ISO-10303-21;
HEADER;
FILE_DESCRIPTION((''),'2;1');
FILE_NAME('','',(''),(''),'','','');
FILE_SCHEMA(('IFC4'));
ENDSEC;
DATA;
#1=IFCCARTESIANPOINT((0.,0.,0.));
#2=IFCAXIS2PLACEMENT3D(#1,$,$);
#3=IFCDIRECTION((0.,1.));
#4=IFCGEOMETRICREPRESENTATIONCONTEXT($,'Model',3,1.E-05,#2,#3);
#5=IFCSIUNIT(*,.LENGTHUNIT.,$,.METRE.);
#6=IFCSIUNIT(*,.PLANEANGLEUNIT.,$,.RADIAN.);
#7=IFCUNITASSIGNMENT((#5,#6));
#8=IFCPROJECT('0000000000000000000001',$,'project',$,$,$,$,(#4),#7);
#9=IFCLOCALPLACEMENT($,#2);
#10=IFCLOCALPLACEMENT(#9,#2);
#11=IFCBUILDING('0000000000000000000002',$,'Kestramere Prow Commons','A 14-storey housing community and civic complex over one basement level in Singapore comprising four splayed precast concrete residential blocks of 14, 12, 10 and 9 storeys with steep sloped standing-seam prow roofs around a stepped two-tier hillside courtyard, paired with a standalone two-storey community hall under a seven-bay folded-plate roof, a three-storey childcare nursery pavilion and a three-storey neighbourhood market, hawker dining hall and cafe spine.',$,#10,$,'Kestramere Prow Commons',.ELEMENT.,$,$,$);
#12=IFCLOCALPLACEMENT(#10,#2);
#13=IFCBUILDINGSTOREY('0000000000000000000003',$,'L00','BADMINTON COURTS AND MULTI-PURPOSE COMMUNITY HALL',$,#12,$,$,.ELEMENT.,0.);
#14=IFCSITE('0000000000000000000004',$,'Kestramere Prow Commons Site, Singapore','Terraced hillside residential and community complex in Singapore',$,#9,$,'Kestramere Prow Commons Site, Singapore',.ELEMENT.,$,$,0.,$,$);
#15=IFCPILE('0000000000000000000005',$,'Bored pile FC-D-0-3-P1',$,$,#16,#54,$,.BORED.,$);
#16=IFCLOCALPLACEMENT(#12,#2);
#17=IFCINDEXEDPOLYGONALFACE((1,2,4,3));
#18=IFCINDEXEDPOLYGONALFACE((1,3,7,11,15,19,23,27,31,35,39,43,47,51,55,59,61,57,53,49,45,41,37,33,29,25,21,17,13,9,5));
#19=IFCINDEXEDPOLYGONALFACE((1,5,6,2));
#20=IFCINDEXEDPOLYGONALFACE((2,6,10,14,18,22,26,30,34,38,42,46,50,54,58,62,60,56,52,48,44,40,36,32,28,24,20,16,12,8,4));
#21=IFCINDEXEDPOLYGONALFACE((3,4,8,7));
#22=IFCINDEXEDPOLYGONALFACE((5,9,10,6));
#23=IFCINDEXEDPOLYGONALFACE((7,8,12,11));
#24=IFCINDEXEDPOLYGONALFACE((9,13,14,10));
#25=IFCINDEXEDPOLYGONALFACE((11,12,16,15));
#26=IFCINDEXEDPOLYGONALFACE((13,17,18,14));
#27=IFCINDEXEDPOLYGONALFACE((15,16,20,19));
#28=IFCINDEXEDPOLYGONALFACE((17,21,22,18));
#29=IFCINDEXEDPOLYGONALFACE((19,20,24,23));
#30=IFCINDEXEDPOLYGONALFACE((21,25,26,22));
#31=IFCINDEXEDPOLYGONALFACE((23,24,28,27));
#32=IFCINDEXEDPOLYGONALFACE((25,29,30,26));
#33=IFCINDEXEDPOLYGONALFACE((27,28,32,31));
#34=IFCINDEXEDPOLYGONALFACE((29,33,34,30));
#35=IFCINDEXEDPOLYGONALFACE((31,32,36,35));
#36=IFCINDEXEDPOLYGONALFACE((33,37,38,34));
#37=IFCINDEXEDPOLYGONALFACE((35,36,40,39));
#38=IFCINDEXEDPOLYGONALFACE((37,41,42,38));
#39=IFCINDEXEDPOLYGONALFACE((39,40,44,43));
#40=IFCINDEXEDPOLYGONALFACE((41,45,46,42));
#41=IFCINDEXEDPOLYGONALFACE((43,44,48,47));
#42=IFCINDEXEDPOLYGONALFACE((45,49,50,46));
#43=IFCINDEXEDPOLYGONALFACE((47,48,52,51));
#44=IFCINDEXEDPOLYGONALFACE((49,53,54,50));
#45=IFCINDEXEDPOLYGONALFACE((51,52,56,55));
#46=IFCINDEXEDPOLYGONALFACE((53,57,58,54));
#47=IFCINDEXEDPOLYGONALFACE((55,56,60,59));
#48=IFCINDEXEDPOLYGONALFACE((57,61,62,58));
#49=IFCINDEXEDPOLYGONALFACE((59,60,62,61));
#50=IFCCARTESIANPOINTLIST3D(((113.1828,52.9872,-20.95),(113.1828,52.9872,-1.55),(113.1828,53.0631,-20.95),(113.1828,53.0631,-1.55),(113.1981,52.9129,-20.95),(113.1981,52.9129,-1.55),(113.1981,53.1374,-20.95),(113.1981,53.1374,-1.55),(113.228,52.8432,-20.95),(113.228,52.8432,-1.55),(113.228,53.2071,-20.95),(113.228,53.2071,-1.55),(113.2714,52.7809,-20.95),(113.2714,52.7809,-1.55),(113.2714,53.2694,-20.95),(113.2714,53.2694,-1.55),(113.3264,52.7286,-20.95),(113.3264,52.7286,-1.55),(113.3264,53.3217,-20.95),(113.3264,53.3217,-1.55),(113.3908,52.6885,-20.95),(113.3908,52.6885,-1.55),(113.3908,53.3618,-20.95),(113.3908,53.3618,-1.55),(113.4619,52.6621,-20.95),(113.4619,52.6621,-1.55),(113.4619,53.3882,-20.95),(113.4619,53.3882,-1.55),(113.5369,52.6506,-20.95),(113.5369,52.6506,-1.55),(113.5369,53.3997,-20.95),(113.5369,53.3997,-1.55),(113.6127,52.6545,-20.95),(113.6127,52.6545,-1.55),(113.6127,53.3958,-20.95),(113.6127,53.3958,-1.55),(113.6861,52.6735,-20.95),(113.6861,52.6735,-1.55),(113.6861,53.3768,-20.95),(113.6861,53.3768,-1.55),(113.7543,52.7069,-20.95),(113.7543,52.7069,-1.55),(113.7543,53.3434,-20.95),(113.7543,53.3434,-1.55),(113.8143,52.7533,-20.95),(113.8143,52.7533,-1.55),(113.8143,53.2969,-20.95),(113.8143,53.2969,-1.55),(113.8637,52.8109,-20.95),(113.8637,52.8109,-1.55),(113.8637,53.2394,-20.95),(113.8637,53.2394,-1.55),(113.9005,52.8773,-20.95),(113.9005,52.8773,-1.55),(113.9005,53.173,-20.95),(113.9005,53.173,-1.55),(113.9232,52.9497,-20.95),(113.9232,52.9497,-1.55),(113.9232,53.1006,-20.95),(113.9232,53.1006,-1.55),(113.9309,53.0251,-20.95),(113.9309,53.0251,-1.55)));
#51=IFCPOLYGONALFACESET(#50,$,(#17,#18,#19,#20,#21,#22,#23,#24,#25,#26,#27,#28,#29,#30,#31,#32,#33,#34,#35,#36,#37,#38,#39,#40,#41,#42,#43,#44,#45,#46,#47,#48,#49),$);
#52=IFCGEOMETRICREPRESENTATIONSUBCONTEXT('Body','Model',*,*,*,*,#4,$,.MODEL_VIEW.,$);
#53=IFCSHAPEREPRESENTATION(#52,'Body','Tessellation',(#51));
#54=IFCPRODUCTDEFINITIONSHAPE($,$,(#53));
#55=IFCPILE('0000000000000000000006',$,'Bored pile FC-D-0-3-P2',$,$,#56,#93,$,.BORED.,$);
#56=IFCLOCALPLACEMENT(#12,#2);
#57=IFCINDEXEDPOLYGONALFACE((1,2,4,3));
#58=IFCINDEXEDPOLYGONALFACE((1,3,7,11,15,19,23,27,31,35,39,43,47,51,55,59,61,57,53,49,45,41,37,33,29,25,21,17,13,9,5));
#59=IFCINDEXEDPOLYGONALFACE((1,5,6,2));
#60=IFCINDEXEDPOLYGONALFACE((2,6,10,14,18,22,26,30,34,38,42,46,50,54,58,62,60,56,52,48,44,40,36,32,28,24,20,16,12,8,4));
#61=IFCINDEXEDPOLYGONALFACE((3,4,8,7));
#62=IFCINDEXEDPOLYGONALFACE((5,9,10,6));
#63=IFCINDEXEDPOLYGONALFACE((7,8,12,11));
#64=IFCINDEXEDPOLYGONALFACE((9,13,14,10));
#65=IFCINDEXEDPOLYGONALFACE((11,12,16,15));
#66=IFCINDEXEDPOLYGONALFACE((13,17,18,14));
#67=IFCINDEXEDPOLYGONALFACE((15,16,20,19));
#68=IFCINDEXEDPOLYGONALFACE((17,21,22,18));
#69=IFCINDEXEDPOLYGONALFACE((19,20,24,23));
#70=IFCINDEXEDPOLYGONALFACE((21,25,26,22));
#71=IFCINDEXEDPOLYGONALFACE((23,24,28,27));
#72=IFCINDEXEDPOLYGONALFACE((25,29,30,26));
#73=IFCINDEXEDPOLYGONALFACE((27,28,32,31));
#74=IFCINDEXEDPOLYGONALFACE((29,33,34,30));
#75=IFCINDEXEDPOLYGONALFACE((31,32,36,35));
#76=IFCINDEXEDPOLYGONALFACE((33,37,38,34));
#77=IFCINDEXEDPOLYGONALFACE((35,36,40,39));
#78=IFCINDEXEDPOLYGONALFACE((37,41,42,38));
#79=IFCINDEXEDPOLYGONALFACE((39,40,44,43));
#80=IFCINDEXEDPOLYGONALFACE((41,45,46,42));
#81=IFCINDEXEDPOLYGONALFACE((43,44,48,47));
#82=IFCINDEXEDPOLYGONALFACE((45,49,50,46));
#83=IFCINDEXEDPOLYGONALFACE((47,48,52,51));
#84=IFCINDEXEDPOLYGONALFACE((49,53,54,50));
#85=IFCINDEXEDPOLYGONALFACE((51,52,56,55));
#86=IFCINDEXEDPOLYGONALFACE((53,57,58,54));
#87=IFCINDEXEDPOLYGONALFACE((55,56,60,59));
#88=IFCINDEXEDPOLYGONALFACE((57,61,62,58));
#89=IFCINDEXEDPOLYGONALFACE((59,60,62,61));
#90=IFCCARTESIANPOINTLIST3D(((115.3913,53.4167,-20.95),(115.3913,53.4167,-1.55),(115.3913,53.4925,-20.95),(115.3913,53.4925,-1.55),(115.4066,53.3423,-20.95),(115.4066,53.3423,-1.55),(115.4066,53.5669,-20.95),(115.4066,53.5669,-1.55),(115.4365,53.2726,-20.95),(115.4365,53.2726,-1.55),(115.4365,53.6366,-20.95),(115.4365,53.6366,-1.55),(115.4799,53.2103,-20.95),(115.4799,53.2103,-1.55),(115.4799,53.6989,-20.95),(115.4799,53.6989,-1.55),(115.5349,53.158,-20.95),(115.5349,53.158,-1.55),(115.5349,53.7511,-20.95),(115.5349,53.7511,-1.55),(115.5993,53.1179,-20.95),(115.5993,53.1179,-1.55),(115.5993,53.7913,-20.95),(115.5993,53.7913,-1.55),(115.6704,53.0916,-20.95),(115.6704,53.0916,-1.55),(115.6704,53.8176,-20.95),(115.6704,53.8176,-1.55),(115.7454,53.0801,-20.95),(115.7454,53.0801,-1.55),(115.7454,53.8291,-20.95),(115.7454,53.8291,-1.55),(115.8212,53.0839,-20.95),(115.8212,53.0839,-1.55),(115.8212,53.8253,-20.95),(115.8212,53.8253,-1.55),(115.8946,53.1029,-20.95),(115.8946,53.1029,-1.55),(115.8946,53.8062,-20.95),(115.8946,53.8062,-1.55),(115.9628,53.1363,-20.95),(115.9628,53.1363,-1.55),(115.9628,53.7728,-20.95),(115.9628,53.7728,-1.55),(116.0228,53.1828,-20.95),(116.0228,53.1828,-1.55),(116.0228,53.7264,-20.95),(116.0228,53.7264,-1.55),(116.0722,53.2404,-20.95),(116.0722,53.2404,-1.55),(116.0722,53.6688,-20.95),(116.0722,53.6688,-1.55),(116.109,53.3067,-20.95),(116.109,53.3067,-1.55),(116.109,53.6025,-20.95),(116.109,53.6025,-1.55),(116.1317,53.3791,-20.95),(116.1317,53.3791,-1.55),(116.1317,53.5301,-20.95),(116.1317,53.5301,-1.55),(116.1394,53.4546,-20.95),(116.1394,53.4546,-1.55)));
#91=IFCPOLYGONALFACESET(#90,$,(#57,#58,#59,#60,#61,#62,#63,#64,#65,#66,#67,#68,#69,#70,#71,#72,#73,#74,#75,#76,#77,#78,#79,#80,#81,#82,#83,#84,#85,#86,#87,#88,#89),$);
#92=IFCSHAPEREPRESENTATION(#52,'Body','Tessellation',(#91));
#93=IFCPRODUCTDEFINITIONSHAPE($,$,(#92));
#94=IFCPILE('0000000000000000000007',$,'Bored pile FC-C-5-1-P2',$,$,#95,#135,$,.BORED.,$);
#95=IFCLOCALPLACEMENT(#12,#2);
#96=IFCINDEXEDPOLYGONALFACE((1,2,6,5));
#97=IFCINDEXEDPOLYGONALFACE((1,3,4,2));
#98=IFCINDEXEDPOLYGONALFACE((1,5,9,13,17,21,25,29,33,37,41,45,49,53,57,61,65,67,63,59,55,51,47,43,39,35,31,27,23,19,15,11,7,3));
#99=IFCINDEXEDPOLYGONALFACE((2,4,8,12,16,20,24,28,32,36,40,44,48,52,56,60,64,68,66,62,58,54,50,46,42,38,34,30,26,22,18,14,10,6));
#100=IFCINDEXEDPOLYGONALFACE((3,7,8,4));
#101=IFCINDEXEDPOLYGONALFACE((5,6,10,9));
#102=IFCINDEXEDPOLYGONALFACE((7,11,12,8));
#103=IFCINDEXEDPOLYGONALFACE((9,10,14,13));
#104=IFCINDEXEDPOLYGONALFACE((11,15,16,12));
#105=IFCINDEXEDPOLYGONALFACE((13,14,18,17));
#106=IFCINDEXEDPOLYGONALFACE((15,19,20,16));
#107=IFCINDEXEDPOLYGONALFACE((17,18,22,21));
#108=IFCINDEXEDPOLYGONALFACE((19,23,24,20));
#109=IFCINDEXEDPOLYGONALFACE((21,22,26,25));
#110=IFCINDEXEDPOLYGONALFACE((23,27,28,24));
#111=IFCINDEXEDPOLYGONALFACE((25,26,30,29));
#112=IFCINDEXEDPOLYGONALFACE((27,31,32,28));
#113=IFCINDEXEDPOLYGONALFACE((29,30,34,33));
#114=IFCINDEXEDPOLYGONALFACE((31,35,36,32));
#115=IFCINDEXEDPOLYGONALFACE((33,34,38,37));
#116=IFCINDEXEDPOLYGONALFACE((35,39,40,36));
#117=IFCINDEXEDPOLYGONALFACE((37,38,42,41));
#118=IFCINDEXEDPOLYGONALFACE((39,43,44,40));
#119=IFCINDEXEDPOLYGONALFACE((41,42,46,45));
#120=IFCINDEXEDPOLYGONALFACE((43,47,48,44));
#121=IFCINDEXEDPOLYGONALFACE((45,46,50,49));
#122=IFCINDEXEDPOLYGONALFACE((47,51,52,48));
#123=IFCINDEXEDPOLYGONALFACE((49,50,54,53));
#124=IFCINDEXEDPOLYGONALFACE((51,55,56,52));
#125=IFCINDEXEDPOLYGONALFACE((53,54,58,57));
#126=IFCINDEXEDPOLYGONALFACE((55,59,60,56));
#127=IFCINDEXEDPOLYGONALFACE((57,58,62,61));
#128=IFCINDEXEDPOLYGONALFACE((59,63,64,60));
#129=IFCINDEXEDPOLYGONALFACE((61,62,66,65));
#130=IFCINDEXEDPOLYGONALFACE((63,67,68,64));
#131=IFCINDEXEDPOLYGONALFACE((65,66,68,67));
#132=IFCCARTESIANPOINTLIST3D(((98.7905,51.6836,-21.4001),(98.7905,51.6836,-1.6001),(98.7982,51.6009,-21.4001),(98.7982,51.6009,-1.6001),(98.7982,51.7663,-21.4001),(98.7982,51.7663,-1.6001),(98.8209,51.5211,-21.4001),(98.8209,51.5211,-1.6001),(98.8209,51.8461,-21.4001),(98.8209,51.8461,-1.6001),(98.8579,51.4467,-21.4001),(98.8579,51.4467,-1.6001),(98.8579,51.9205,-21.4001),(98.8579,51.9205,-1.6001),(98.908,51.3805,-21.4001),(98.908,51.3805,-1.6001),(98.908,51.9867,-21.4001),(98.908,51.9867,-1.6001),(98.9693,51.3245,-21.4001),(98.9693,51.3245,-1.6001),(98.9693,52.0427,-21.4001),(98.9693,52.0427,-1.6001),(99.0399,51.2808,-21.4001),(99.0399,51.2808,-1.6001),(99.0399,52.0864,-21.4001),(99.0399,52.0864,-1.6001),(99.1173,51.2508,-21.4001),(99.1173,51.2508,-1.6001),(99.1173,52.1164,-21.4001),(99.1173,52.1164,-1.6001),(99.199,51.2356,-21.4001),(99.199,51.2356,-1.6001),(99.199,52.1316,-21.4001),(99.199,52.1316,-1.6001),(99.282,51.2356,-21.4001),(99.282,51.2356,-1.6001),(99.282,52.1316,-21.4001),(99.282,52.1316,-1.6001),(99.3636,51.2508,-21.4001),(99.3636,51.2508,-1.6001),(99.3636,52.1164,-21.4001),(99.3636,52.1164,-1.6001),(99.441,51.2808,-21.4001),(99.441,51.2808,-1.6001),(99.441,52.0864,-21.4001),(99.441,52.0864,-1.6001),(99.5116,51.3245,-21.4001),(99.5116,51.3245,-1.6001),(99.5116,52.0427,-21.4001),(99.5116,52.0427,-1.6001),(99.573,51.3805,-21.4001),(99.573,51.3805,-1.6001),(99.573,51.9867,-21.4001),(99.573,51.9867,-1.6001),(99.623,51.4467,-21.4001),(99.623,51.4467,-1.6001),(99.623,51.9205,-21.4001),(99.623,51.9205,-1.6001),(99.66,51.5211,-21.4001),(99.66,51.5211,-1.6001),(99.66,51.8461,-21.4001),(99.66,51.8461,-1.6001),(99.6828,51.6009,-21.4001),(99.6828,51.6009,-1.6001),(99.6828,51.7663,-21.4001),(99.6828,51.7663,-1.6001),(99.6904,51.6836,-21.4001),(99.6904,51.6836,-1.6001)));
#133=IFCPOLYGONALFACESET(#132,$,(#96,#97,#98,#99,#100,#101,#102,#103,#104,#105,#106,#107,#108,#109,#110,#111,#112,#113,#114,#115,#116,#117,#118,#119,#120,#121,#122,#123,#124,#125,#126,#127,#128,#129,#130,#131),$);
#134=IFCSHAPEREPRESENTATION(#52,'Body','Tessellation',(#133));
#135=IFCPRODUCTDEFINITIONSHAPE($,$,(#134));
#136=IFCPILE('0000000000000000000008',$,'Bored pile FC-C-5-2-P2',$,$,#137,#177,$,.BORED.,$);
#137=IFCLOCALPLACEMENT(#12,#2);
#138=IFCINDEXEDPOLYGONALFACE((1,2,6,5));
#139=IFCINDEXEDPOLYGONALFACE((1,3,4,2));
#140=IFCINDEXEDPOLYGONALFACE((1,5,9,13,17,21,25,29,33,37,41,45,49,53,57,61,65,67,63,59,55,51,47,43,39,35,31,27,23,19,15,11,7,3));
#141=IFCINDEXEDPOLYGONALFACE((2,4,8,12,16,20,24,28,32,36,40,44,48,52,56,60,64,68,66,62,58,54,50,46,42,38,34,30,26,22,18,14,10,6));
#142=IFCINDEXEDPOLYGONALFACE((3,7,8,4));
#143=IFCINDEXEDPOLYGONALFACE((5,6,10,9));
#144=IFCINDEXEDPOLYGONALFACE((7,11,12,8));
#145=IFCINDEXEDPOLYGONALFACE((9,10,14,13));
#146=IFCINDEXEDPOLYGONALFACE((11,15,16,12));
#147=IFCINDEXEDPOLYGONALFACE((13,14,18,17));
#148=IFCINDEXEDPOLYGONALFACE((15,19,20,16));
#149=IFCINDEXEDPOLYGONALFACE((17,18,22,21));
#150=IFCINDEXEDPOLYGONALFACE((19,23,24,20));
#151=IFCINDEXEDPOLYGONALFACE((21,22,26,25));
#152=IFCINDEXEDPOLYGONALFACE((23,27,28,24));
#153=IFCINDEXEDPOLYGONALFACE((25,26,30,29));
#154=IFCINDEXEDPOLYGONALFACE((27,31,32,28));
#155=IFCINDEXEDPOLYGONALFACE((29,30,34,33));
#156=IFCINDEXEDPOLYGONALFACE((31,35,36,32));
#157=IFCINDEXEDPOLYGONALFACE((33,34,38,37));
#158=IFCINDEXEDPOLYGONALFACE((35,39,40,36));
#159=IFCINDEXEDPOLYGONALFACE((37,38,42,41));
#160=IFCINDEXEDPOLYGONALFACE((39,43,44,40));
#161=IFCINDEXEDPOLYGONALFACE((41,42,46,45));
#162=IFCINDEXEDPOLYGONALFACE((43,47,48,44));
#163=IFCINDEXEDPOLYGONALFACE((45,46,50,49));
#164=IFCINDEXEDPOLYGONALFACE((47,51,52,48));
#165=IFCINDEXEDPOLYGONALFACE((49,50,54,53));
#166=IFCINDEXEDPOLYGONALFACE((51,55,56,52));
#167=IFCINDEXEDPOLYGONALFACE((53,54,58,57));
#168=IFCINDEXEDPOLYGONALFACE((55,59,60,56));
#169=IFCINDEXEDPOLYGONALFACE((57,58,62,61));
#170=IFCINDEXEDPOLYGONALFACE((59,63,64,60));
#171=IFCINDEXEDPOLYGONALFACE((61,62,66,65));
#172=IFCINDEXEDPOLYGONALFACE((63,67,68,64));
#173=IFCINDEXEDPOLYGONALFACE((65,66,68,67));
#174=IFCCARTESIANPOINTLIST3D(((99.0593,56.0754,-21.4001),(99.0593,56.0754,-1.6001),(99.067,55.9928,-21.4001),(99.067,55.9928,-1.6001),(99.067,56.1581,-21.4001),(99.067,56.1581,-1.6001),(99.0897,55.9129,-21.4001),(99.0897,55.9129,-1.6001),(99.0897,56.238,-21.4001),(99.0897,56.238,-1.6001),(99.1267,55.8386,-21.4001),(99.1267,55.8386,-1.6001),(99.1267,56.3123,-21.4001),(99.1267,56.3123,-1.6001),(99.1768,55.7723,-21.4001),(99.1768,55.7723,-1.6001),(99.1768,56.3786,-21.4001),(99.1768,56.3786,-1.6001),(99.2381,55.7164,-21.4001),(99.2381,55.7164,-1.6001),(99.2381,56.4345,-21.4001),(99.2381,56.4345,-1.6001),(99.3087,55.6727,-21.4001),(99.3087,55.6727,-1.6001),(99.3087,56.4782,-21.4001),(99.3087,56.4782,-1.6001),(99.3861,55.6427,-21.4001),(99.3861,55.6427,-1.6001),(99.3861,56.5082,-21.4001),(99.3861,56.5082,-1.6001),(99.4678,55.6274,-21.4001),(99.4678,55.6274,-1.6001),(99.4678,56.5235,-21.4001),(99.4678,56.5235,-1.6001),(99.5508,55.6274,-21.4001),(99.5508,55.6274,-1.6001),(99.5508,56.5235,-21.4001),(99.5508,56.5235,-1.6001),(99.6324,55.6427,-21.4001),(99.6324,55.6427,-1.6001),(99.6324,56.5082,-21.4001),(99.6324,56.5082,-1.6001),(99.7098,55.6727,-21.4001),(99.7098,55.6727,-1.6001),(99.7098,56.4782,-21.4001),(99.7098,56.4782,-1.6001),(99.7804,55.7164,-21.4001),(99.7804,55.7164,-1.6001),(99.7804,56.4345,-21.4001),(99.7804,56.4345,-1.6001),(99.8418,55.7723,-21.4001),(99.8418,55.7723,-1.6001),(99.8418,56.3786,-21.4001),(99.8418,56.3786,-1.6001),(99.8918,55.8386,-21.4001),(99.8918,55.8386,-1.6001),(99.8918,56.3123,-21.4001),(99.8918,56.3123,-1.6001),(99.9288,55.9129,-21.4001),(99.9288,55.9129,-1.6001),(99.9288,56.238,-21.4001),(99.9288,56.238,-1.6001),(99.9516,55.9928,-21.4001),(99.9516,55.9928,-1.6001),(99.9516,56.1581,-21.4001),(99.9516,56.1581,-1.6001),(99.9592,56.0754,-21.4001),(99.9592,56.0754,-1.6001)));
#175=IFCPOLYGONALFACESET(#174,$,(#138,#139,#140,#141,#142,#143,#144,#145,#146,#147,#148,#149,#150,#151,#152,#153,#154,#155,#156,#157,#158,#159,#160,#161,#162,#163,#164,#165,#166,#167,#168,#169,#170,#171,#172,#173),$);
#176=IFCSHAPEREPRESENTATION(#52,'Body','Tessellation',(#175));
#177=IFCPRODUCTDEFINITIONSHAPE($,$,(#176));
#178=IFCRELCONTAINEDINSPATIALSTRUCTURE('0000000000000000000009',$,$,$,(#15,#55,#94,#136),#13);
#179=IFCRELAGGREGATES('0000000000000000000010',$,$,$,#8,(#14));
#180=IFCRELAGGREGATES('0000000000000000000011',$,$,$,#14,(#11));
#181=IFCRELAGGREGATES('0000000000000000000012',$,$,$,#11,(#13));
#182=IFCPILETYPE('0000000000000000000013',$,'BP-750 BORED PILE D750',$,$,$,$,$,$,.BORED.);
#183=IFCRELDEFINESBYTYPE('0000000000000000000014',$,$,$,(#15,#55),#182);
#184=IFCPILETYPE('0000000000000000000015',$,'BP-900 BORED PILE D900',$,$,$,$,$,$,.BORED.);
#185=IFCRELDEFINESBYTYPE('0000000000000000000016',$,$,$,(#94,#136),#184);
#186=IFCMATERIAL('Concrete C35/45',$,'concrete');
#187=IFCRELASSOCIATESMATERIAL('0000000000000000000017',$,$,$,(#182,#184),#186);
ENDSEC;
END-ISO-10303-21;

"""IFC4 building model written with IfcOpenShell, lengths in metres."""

from ifc_helpers import new_model, si_unit, direction, frame, origin, origin_2d, place, context, subcontext, project, spatial, circle, extrude, material, material_profile, profile_set, type_object, element, save


model = new_model("IFC4")

# Units and contexts
model_context = context("Model", 3, precision=1e-05, world=origin(), true_north=direction((0.0, 1.0)))
body_context = subcontext(model_context, "Body", "Model", "MODEL_VIEW")
ifc_project = project(units=[si_unit("LENGTHUNIT", "METRE"), si_unit("PLANEANGLEUNIT", "RADIAN")], contexts=[model_context])

# Site, building, storey
site_placement = place(None, origin())
site = spatial("IfcSite", under=ifc_project, at=site_placement, Name="Kestramere Prow Commons Site, Singapore", Description="Terraced hillside residential and community complex in Singapore", LongName="Kestramere Prow Commons Site, Singapore", CompositionType="ELEMENT", RefElevation=0.0)
building_placement = place(site_placement, origin())
building = spatial("IfcBuilding", under=site, at=building_placement, Name="Kestramere Prow Commons", Description="A 14-storey housing community and civic complex over one basement level in Singapore comprising four splayed precast concrete residential blocks of 14, 12, 10 and 9 storeys with steep sloped standing-seam prow roofs around a stepped two-tier hillside courtyard, paired with a standalone two-storey community hall under a seven-bay folded-plate roof, a three-storey childcare nursery pavilion and a three-storey neighbourhood market, hawker dining hall and cafe spine.", LongName="Kestramere Prow Commons", CompositionType="ELEMENT")
storey_placement = place(building_placement, origin())
storey = spatial("IfcBuildingStorey", under=building, at=storey_placement, Name="L00", Description="BADMINTON COURTS AND MULTI-PURPOSE COMMUNITY HALL", CompositionType="ELEMENT", Elevation=0.0)

# Piles
ifc_material_1 = material(Name="Concrete C35/45", Category="concrete")
ifc_material_profile_1 = material_profile(ifc_material_1, circle(Radius=0.375, at=origin_2d()), Name="BORED PILE D750")
ifc_profile_set_1 = profile_set([ifc_material_profile_1], Name="Concrete C35/45")
pile_type_1 = type_object("IfcPileType", Name="BP-750 BORED PILE D750", PredefinedType="BORED", material=ifc_profile_set_1)
for number, where, z_axis, x_axis, name in (
    (1, (113.5559, 53.0251, -1.55), (0.0, 0.0, -1.0), (1.0, 0.0, 0.0), "Bored pile FC-D-0-3-P1"),
    (2, (115.7644, 53.4546, -1.55), (0.0, 0.0, -1.0), (1.0, 0.0, 0.0), "Bored pile FC-D-0-3-P2"),
):
    element("IfcPile", number, at=place(storey_placement, frame(where, z_axis=z_axis, x_axis=x_axis)), inside=storey, type_object=pile_type_1, Name=name, PredefinedType="BORED", context=body_context, shape_type="SweptSolid", body=[
        extrude(circle(Radius=0.375, at=origin_2d()), origin(), (0.0, 0.0, 1.0), 19.3999),
    ])
ifc_material_profile_2 = material_profile(ifc_material_1, circle(Radius=0.45, at=origin_2d()), Name="BORED PILE D900")
ifc_profile_set_2 = profile_set([ifc_material_profile_2], Name="Concrete C35/45")
pile_type_2 = type_object("IfcPileType", Name="BP-900 BORED PILE D900", PredefinedType="BORED", material=ifc_profile_set_2)
for number, where, z_axis, x_axis, name in (
    (3, (99.2405, 51.6836, -1.6001), (0.0, 0.0, -1.0), (1.0, 0.0, 0.0), "Bored pile FC-C-5-1-P2"),
    (4, (99.5093, 56.0754, -1.6001), (0.0, 0.0, -1.0), (1.0, 0.0, 0.0), "Bored pile FC-C-5-2-P2"),
):
    element("IfcPile", number, at=place(storey_placement, frame(where, z_axis=z_axis, x_axis=x_axis)), inside=storey, type_object=pile_type_2, Name=name, PredefinedType="BORED", context=body_context, shape_type="SweptSolid", body=[
        extrude(circle(Radius=0.45, at=origin_2d()), origin(), (0.0, 0.0, 1.0), 19.8),
    ])

save(model, "model.ifc")
